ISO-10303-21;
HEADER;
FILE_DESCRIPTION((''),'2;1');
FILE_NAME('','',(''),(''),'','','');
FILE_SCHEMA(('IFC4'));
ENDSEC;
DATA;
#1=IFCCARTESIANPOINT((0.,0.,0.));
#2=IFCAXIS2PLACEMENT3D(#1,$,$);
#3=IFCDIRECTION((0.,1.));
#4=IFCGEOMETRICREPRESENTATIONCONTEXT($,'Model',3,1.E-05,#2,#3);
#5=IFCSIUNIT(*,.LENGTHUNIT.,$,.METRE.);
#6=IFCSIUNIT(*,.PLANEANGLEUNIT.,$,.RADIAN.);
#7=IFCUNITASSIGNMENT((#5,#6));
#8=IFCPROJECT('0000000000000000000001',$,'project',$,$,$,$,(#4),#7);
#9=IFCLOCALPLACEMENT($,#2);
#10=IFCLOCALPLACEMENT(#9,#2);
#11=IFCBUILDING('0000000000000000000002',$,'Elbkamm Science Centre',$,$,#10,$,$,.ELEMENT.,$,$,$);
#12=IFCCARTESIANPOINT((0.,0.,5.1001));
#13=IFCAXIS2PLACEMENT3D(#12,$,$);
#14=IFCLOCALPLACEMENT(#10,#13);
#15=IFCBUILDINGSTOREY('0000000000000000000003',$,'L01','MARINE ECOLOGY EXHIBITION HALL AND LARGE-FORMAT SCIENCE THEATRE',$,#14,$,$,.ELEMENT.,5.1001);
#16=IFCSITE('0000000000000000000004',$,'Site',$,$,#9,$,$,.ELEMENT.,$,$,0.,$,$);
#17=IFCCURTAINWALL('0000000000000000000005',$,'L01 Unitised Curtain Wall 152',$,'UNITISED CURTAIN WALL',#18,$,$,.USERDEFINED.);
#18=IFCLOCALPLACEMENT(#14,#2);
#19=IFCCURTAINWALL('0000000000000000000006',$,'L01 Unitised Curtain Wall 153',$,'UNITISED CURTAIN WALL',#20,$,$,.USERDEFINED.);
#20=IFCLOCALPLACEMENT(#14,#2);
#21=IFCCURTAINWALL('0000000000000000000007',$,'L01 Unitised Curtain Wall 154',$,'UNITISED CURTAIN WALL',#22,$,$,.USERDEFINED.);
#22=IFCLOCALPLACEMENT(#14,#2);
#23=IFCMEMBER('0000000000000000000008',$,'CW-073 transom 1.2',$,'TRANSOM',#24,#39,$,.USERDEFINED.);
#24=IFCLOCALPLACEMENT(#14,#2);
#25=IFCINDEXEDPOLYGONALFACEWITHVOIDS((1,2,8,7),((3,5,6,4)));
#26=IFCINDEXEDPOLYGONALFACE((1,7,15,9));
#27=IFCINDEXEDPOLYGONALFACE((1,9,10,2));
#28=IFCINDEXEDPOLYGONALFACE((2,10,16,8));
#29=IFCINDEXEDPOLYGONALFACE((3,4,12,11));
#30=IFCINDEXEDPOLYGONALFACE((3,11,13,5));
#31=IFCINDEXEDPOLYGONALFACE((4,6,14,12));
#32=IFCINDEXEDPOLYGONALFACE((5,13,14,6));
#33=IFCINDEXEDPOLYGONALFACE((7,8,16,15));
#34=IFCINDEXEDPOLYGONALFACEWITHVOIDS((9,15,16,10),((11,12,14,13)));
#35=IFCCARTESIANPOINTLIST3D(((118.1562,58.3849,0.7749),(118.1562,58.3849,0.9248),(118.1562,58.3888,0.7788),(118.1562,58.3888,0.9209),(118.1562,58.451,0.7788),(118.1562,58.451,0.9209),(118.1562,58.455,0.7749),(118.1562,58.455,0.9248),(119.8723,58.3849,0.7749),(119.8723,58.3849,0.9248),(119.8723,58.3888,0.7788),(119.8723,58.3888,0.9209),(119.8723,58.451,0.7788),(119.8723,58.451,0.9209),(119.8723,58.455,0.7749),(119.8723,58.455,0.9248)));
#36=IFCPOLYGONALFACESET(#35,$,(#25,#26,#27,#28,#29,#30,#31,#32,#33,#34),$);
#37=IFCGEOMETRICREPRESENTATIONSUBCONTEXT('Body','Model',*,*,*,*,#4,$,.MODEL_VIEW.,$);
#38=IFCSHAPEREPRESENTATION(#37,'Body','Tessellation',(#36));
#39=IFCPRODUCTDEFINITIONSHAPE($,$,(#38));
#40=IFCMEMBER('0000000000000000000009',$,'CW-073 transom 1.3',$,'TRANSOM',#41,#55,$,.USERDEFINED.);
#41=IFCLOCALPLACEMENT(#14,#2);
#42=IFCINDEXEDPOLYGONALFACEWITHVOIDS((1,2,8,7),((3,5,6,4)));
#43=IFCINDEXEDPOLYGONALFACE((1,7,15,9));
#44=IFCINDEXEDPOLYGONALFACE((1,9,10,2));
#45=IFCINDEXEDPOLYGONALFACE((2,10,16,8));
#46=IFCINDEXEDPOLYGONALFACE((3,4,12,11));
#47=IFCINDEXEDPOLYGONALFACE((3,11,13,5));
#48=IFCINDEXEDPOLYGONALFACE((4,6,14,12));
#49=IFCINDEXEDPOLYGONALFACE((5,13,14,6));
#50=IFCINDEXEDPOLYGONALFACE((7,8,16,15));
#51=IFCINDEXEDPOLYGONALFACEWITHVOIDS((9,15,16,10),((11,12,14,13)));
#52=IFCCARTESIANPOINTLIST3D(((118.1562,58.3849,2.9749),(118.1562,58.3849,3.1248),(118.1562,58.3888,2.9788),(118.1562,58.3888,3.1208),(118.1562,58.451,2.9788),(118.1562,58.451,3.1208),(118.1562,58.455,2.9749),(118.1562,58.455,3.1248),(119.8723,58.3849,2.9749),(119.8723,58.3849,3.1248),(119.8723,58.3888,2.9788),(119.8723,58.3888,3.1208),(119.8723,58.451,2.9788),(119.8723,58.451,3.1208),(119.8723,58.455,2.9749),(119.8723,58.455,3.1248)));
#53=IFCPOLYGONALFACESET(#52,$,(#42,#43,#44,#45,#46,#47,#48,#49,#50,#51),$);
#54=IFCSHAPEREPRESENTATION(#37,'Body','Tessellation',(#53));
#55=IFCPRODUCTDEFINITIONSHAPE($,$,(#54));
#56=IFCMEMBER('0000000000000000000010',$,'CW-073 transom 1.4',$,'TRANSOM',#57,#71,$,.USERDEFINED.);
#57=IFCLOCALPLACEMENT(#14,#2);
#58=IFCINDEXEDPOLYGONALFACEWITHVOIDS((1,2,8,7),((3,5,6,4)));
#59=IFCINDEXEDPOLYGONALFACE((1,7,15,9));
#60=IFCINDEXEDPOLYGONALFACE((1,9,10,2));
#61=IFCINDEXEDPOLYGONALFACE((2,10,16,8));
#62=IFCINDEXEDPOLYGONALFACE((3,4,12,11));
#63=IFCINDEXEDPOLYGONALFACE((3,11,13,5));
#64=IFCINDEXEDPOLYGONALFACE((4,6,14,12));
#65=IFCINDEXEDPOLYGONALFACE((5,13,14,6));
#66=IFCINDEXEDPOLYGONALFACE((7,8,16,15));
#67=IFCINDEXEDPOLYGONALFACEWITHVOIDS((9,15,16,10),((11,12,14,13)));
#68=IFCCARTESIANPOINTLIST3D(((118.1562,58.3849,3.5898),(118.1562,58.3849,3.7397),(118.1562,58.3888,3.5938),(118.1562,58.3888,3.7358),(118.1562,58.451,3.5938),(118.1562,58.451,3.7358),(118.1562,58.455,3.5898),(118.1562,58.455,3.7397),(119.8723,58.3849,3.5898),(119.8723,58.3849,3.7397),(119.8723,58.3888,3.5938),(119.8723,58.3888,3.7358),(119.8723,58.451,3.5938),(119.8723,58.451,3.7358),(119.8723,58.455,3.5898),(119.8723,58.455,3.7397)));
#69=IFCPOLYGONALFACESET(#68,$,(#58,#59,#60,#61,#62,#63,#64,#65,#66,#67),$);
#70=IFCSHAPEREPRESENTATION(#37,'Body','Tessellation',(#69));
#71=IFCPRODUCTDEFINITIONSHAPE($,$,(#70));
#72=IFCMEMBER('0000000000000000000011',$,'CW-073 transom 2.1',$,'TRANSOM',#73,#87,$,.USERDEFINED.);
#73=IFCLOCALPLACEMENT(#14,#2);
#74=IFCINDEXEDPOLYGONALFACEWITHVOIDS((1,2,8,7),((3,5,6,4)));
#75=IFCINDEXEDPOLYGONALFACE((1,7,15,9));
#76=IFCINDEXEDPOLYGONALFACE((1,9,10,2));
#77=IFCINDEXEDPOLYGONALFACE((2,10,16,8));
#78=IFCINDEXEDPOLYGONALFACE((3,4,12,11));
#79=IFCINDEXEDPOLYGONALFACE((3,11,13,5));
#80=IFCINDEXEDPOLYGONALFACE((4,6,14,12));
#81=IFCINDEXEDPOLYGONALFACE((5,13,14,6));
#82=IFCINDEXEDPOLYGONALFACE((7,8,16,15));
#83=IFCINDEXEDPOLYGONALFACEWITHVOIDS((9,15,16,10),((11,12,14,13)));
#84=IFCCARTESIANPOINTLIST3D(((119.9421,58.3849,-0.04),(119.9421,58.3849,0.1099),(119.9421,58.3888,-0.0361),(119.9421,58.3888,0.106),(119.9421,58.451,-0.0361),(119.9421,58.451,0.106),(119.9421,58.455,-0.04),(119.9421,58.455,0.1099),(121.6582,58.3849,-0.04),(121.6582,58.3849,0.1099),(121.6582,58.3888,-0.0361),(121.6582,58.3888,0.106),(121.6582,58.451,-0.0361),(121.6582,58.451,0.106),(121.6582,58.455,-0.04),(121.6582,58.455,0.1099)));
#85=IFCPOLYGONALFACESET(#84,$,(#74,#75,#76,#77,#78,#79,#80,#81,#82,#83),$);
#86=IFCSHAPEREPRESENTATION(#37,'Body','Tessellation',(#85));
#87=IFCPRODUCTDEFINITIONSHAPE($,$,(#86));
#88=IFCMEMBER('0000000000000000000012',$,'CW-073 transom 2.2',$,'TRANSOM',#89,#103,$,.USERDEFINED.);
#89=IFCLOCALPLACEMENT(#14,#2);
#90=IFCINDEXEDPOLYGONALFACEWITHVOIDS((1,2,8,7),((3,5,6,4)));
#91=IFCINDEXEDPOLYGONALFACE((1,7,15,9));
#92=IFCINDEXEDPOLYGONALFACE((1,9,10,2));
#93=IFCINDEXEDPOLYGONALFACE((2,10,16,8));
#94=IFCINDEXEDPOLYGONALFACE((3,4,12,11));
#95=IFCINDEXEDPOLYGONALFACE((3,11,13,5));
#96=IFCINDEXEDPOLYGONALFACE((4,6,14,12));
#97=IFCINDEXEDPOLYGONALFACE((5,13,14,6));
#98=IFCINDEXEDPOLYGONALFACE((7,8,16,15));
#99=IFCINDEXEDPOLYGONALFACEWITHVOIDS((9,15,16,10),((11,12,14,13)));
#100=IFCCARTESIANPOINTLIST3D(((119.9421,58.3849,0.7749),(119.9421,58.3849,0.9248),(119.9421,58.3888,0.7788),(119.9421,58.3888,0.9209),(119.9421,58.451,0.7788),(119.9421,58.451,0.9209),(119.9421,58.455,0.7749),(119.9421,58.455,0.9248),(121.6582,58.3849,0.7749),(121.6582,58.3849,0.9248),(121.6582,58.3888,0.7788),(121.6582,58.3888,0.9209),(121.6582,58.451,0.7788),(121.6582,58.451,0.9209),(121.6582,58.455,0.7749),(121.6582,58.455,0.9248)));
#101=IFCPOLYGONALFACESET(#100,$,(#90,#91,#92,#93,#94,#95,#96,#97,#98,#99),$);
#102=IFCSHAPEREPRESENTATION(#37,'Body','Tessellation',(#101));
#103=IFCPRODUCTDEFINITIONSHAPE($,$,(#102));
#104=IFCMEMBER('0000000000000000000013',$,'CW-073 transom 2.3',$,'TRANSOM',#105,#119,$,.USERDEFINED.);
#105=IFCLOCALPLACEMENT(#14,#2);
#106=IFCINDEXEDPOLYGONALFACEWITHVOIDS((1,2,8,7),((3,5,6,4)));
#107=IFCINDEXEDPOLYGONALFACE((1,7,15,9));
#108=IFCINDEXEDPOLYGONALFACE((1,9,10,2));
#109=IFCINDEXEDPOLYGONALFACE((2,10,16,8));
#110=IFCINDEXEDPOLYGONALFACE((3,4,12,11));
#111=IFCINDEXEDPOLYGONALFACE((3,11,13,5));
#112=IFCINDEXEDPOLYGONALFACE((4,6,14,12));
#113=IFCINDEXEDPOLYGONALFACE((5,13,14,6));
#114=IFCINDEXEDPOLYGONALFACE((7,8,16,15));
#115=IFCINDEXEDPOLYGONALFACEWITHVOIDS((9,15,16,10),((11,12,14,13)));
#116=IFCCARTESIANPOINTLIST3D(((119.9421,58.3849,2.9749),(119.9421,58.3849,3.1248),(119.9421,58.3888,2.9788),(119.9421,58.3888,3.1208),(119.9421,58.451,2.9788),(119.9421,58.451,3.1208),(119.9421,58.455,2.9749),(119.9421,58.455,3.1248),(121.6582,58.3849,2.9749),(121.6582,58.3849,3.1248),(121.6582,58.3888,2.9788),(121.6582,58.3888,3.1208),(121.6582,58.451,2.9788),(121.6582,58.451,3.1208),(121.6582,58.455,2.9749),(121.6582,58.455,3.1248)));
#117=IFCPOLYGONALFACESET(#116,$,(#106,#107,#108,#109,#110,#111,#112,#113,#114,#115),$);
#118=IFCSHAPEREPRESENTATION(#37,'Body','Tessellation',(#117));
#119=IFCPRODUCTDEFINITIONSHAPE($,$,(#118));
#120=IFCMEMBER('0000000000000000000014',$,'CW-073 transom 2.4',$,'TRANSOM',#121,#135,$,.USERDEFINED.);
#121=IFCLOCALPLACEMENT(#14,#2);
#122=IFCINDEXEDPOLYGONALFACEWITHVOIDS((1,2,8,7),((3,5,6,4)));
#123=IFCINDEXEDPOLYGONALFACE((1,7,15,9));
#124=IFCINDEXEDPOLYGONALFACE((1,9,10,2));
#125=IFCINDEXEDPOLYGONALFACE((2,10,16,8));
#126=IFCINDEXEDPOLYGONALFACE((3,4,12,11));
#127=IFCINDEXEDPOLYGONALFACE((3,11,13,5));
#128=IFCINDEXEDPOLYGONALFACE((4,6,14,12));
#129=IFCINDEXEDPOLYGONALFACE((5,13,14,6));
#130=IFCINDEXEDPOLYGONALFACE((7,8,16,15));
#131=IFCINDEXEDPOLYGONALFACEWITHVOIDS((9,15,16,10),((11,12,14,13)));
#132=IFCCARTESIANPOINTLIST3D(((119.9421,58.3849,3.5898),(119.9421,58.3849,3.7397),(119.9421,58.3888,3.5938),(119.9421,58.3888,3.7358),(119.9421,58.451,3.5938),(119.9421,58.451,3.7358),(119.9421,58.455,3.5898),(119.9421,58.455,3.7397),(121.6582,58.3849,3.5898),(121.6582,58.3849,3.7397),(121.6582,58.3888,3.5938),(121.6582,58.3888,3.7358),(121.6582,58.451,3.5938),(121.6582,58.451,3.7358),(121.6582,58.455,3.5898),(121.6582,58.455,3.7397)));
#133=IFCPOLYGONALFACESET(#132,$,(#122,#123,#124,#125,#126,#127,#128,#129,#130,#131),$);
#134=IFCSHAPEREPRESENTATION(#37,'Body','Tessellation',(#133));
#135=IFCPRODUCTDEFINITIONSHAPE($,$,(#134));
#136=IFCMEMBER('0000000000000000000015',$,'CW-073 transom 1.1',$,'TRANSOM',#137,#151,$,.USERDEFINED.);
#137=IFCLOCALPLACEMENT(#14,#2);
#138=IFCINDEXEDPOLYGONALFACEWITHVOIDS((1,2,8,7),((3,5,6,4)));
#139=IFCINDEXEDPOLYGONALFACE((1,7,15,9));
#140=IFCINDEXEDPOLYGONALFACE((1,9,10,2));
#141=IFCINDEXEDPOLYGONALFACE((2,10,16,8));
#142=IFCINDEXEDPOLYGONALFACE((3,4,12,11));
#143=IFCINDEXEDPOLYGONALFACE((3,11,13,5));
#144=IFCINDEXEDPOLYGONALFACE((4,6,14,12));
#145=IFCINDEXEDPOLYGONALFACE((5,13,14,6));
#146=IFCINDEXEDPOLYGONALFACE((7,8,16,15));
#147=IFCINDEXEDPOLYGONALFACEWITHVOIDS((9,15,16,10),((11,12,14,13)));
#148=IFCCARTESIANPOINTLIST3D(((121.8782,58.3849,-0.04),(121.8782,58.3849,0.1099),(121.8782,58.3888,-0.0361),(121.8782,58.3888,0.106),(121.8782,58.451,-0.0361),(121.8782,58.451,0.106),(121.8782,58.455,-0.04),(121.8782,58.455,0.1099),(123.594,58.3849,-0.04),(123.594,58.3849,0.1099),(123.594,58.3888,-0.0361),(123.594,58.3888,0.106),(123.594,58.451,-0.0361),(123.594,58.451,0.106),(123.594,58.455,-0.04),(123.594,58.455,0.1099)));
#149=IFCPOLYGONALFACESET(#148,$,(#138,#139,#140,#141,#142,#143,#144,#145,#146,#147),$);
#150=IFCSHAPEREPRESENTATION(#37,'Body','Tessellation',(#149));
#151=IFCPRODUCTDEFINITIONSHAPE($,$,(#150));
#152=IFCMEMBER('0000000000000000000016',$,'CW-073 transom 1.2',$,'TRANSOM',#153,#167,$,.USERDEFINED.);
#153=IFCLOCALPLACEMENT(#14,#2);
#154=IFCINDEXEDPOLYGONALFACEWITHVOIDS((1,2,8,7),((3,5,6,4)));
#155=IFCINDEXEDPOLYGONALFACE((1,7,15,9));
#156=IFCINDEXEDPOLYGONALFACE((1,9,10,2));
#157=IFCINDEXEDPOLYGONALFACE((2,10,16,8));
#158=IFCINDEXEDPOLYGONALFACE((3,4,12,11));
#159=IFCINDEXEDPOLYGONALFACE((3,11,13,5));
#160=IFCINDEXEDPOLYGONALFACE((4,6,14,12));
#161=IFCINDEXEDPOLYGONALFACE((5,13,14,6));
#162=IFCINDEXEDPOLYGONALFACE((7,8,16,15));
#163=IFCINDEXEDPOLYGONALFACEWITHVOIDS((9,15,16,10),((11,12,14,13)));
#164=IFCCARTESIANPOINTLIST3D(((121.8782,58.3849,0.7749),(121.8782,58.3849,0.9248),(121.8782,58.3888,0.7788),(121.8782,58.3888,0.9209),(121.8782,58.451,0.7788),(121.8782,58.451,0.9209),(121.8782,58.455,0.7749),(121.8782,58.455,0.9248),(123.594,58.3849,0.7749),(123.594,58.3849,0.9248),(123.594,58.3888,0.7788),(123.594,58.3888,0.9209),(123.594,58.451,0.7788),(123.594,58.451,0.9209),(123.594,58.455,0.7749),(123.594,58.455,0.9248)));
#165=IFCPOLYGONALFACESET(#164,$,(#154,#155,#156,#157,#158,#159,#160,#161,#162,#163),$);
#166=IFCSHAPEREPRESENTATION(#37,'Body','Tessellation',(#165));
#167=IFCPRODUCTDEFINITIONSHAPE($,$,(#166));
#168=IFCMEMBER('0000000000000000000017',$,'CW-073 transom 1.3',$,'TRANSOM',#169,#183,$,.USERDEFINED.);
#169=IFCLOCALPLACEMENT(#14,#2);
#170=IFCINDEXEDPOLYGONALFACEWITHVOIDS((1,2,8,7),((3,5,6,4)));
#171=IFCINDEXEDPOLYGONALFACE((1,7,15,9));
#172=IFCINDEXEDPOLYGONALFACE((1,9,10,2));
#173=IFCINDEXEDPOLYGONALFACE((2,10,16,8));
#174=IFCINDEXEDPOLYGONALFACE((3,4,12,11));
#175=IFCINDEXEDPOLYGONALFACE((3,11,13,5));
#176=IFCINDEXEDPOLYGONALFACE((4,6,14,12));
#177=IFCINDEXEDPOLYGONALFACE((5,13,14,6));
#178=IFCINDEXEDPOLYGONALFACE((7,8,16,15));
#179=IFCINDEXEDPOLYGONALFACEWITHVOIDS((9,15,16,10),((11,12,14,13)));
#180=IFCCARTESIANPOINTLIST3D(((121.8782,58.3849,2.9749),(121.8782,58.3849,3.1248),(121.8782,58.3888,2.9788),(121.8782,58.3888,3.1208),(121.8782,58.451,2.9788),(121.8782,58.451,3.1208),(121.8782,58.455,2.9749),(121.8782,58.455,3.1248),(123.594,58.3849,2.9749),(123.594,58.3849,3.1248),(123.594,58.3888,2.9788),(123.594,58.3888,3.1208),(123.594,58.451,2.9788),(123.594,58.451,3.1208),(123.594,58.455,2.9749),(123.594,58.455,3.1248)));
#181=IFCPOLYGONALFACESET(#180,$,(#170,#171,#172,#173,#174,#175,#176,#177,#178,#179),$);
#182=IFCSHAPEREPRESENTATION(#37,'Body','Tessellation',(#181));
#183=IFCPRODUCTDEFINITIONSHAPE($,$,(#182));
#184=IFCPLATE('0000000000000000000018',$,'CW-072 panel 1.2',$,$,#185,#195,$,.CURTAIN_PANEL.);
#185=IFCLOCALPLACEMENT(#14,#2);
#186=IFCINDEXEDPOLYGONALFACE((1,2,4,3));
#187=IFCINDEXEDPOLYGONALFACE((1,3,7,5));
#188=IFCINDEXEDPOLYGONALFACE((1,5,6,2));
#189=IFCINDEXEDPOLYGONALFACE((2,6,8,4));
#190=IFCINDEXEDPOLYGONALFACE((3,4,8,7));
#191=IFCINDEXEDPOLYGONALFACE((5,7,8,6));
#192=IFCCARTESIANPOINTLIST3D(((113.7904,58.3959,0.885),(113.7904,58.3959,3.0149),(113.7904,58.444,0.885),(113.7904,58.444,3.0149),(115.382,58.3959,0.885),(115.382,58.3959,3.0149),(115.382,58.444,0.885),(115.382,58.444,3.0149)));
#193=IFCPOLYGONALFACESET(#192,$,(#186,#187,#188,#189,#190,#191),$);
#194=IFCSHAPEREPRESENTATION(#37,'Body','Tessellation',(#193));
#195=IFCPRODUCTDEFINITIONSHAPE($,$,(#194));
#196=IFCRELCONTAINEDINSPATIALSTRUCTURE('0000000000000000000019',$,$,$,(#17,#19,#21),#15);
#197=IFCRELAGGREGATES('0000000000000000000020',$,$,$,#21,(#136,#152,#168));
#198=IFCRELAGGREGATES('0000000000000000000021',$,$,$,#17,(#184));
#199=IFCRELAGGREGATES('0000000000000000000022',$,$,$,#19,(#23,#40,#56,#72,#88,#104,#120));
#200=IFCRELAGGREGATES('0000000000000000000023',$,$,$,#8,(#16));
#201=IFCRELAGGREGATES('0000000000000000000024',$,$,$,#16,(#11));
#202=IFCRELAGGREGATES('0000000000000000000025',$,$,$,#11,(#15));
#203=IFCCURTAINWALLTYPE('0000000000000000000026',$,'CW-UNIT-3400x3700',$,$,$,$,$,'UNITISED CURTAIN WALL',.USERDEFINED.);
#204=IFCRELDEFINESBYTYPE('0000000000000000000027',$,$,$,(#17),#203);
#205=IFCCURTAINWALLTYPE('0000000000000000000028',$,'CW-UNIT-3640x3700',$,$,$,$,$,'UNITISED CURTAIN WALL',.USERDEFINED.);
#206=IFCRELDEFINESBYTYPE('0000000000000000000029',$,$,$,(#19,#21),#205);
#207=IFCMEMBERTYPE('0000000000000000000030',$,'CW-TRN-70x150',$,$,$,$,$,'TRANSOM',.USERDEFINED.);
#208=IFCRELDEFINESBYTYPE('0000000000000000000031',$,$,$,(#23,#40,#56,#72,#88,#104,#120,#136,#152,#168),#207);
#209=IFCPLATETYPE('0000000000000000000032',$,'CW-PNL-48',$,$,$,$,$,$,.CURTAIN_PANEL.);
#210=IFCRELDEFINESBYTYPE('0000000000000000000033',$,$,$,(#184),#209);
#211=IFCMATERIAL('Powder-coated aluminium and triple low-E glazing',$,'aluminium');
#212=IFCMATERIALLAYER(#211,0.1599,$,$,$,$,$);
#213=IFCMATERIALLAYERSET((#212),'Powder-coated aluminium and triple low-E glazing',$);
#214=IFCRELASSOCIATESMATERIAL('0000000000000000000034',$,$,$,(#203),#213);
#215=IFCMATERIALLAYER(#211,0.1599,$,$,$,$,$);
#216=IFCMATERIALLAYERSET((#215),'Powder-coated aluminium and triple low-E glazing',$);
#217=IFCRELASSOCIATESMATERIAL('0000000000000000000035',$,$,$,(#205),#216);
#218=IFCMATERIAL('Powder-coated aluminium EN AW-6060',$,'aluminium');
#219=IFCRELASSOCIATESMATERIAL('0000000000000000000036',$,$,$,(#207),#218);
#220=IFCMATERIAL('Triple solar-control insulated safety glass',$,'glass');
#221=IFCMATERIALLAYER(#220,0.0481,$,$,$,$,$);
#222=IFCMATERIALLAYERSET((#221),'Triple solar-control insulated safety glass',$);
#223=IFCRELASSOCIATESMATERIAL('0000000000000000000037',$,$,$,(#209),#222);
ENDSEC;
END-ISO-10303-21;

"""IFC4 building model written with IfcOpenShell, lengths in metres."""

from ifc_helpers import new_model, si_unit, direction, frame, origin, origin_2d, place, context, subcontext, project, spatial, rectangle, hollow_rectangle, extrude, material, layer, layer_set, material_profile, profile_set, type_object, element, aggregate, save


model = new_model("IFC4")

# Units and contexts
model_context = context("Model", 3, precision=1e-05, world=origin(), true_north=direction((0.0, 1.0)))
body_context = subcontext(model_context, "Body", "Model", "MODEL_VIEW")
ifc_project = project(units=[si_unit("LENGTHUNIT", "METRE"), si_unit("PLANEANGLEUNIT", "RADIAN")], contexts=[model_context])

# Site, building, storey
site_placement = place(None, origin())
site = spatial("IfcSite", under=ifc_project, at=site_placement, Name="Site", CompositionType="ELEMENT", RefElevation=0.0)
building_placement = place(site_placement, origin())
building = spatial("IfcBuilding", under=site, at=building_placement, Name="Elbkamm Science Centre", CompositionType="ELEMENT")
storey_placement = place(building_placement, frame((0.0, 0.0, 5.1001)))
storey = spatial("IfcBuildingStorey", under=building, at=storey_placement, Name="L01", Description="MARINE ECOLOGY EXHIBITION HALL AND LARGE-FORMAT SCIENCE THEATRE", CompositionType="ELEMENT", Elevation=5.1001)

# Curtain walls
ifc_material_1 = material(Name="Powder-coated aluminium and triple low-E glazing", Category="aluminium")
ifc_layer_1 = layer(ifc_material_1, 0.1599)
ifc_layer_set_1 = layer_set([ifc_layer_1], Name="Powder-coated aluminium and triple low-E glazing")
curtain_wall_type_1 = type_object("IfcCurtainWallType", Name="CW-UNIT-3400x3700", ElementType="UNITISED CURTAIN WALL", PredefinedType="USERDEFINED", material=ifc_layer_set_1)
curtain_wall_1_placement = place(storey_placement, origin())
curtain_wall_1 = element("IfcCurtainWall", 1, at=curtain_wall_1_placement, inside=storey, type_object=curtain_wall_type_1, Name="L01 Unitised Curtain Wall 152", ObjectType="UNITISED CURTAIN WALL", PredefinedType="USERDEFINED")
ifc_material_2 = material(Name="Powder-coated aluminium EN AW-6060", Category="aluminium")
ifc_layer_2 = layer(ifc_material_1, 0.1599)
ifc_layer_set_2 = layer_set([ifc_layer_2], Name="Powder-coated aluminium and triple low-E glazing")
curtain_wall_type_2 = type_object("IfcCurtainWallType", Name="CW-UNIT-3640x3700", ElementType="UNITISED CURTAIN WALL", PredefinedType="USERDEFINED", material=ifc_layer_set_2)
curtain_wall_2_placement = place(storey_placement, origin())
curtain_wall_2 = element("IfcCurtainWall", 2, at=curtain_wall_2_placement, inside=storey, type_object=curtain_wall_type_2, Name="L01 Unitised Curtain Wall 153", ObjectType="UNITISED CURTAIN WALL", PredefinedType="USERDEFINED")

# Curtain wall
curtain_wall_3_placement = place(storey_placement, origin())
curtain_wall_3 = element("IfcCurtainWall", 3, at=curtain_wall_3_placement, inside=storey, type_object=curtain_wall_type_2, Name="L01 Unitised Curtain Wall 154", ObjectType="UNITISED CURTAIN WALL", PredefinedType="USERDEFINED")

# Members
ifc_material_profile_1 = material_profile(ifc_material_2, hollow_rectangle(XDim=0.0701, YDim=0.1499, WallThickness=0.0039, at=origin_2d()), Name="ALU T70x150")
ifc_profile_set_1 = profile_set([ifc_material_profile_1], Name="Powder-coated aluminium EN AW-6060")
member_type_1 = type_object("IfcMemberType", Name="CW-TRN-70x150", ElementType="TRANSOM", PredefinedType="USERDEFINED", material=ifc_profile_set_1)
member_1_placement = place(storey_placement, frame((118.1562, 58.4199, 0.8499), z_axis=(1.0, 0.0, 0.0), x_axis=(0.0, 1.0, 0.0)))
member_1 = element("IfcMember", 4, at=member_1_placement, type_object=member_type_1, Name="CW-073 transom 1.2", ObjectType="TRANSOM", PredefinedType="USERDEFINED", context=body_context, shape_type="SweptSolid", body=[
    extrude(hollow_rectangle(XDim=0.0701, YDim=0.1499, WallThickness=0.0039, at=origin_2d()), origin(), (0.0, 0.0, 1.0), 1.7161),
])
member_2_placement = place(storey_placement, frame((118.1562, 58.4199, 3.0498), z_axis=(1.0, 0.0, 0.0), x_axis=(0.0, 1.0, 0.0)))
member_2 = element("IfcMember", 5, at=member_2_placement, type_object=member_type_1, Name="CW-073 transom 1.3", ObjectType="TRANSOM", PredefinedType="USERDEFINED", context=body_context, shape_type="SweptSolid", body=[
    extrude(hollow_rectangle(XDim=0.0701, YDim=0.1499, WallThickness=0.0039, at=origin_2d()), origin(), (0.0, 0.0, 1.0), 1.7161),
])
member_3_placement = place(storey_placement, frame((118.1562, 58.4199, 3.6648), z_axis=(1.0, 0.0, 0.0), x_axis=(0.0, 1.0, 0.0)))
member_3 = element("IfcMember", 6, at=member_3_placement, type_object=member_type_1, Name="CW-073 transom 1.4", ObjectType="TRANSOM", PredefinedType="USERDEFINED", context=body_context, shape_type="SweptSolid", body=[
    extrude(hollow_rectangle(XDim=0.0701, YDim=0.1499, WallThickness=0.0039, at=origin_2d()), origin(), (0.0, 0.0, 1.0), 1.7161),
])
member_4_placement = place(storey_placement, frame((119.9421, 58.4199, 0.0349), z_axis=(1.0, 0.0, 0.0), x_axis=(0.0, 1.0, 0.0)))
member_4 = element("IfcMember", 7, at=member_4_placement, type_object=member_type_1, Name="CW-073 transom 2.1", ObjectType="TRANSOM", PredefinedType="USERDEFINED", context=body_context, shape_type="SweptSolid", body=[
    extrude(hollow_rectangle(XDim=0.0701, YDim=0.1499, WallThickness=0.0039, at=origin_2d()), origin(), (0.0, 0.0, 1.0), 1.7161),
])
member_5_placement = place(storey_placement, frame((119.9421, 58.4199, 0.8499), z_axis=(1.0, 0.0, 0.0), x_axis=(0.0, 1.0, 0.0)))
member_5 = element("IfcMember", 8, at=member_5_placement, type_object=member_type_1, Name="CW-073 transom 2.2", ObjectType="TRANSOM", PredefinedType="USERDEFINED", context=body_context, shape_type="SweptSolid", body=[
    extrude(hollow_rectangle(XDim=0.0701, YDim=0.1499, WallThickness=0.0039, at=origin_2d()), origin(), (0.0, 0.0, 1.0), 1.7161),
])
member_6_placement = place(storey_placement, frame((119.9421, 58.4199, 3.0498), z_axis=(1.0, 0.0, 0.0), x_axis=(0.0, 1.0, 0.0)))
member_6 = element("IfcMember", 9, at=member_6_placement, type_object=member_type_1, Name="CW-073 transom 2.3", ObjectType="TRANSOM", PredefinedType="USERDEFINED", context=body_context, shape_type="SweptSolid", body=[
    extrude(hollow_rectangle(XDim=0.0701, YDim=0.1499, WallThickness=0.0039, at=origin_2d()), origin(), (0.0, 0.0, 1.0), 1.7161),
])
member_7_placement = place(storey_placement, frame((119.9421, 58.4199, 3.6648), z_axis=(1.0, 0.0, 0.0), x_axis=(0.0, 1.0, 0.0)))
member_7 = element("IfcMember", 10, at=member_7_placement, type_object=member_type_1, Name="CW-073 transom 2.4", ObjectType="TRANSOM", PredefinedType="USERDEFINED", context=body_context, shape_type="SweptSolid", body=[
    extrude(hollow_rectangle(XDim=0.0701, YDim=0.1499, WallThickness=0.0039, at=origin_2d()), origin(), (0.0, 0.0, 1.0), 1.7161),
])
member_8_placement = place(storey_placement, frame((121.8782, 58.4199, 0.0349), z_axis=(1.0, 0.0, 0.0), x_axis=(0.0, 1.0, 0.0)))
member_8 = element("IfcMember", 11, at=member_8_placement, type_object=member_type_1, Name="CW-073 transom 1.1", ObjectType="TRANSOM", PredefinedType="USERDEFINED", context=body_context, shape_type="SweptSolid", body=[
    extrude(hollow_rectangle(XDim=0.0701, YDim=0.1499, WallThickness=0.0039, at=origin_2d()), origin(), (0.0, 0.0, 1.0), 1.7158),
])
member_9_placement = place(storey_placement, frame((121.8782, 58.4199, 0.8499), z_axis=(1.0, 0.0, 0.0), x_axis=(0.0, 1.0, 0.0)))
member_9 = element("IfcMember", 12, at=member_9_placement, type_object=member_type_1, Name="CW-073 transom 1.2", ObjectType="TRANSOM", PredefinedType="USERDEFINED", context=body_context, shape_type="SweptSolid", body=[
    extrude(hollow_rectangle(XDim=0.0701, YDim=0.1499, WallThickness=0.0039, at=origin_2d()), origin(), (0.0, 0.0, 1.0), 1.7158),
])
member_10_placement = place(storey_placement, frame((121.8782, 58.4199, 3.0498), z_axis=(1.0, 0.0, 0.0), x_axis=(0.0, 1.0, 0.0)))
member_10 = element("IfcMember", 13, at=member_10_placement, type_object=member_type_1, Name="CW-073 transom 1.3", ObjectType="TRANSOM", PredefinedType="USERDEFINED", context=body_context, shape_type="SweptSolid", body=[
    extrude(hollow_rectangle(XDim=0.0701, YDim=0.1499, WallThickness=0.0039, at=origin_2d()), origin(), (0.0, 0.0, 1.0), 1.7158),
])
aggregate(curtain_wall_3, [member_8, member_9, member_10])

# Plate
ifc_material_3 = material(Name="Triple solar-control insulated safety glass", Category="glass")
ifc_layer_3 = layer(ifc_material_3, 0.0481)
ifc_layer_set_3 = layer_set([ifc_layer_3], Name="Triple solar-control insulated safety glass")
plate_type = type_object("IfcPlateType", Name="CW-PNL-48", PredefinedType="CURTAIN_PANEL", material=ifc_layer_set_3)
plate_1_placement = place(storey_placement, frame((114.5862, 58.4199, 0.885), z_axis=(0.0, 0.0, 1.0), x_axis=(1.0, 0.0, 0.0)))
plate_1 = element("IfcPlate", 14, at=plate_1_placement, type_object=plate_type, Name="CW-072 panel 1.2", PredefinedType="CURTAIN_PANEL", context=body_context, shape_type="SweptSolid", body=[
    extrude(rectangle(XDim=1.5916, YDim=0.0481, at=origin_2d()), origin(), (0.0, 0.0, 1.0), 2.1299),
])
aggregate(curtain_wall_1, [plate_1])
aggregate(curtain_wall_2, [member_1, member_2, member_3, member_4, member_5, member_6, member_7])

save(model, "model.ifc")
